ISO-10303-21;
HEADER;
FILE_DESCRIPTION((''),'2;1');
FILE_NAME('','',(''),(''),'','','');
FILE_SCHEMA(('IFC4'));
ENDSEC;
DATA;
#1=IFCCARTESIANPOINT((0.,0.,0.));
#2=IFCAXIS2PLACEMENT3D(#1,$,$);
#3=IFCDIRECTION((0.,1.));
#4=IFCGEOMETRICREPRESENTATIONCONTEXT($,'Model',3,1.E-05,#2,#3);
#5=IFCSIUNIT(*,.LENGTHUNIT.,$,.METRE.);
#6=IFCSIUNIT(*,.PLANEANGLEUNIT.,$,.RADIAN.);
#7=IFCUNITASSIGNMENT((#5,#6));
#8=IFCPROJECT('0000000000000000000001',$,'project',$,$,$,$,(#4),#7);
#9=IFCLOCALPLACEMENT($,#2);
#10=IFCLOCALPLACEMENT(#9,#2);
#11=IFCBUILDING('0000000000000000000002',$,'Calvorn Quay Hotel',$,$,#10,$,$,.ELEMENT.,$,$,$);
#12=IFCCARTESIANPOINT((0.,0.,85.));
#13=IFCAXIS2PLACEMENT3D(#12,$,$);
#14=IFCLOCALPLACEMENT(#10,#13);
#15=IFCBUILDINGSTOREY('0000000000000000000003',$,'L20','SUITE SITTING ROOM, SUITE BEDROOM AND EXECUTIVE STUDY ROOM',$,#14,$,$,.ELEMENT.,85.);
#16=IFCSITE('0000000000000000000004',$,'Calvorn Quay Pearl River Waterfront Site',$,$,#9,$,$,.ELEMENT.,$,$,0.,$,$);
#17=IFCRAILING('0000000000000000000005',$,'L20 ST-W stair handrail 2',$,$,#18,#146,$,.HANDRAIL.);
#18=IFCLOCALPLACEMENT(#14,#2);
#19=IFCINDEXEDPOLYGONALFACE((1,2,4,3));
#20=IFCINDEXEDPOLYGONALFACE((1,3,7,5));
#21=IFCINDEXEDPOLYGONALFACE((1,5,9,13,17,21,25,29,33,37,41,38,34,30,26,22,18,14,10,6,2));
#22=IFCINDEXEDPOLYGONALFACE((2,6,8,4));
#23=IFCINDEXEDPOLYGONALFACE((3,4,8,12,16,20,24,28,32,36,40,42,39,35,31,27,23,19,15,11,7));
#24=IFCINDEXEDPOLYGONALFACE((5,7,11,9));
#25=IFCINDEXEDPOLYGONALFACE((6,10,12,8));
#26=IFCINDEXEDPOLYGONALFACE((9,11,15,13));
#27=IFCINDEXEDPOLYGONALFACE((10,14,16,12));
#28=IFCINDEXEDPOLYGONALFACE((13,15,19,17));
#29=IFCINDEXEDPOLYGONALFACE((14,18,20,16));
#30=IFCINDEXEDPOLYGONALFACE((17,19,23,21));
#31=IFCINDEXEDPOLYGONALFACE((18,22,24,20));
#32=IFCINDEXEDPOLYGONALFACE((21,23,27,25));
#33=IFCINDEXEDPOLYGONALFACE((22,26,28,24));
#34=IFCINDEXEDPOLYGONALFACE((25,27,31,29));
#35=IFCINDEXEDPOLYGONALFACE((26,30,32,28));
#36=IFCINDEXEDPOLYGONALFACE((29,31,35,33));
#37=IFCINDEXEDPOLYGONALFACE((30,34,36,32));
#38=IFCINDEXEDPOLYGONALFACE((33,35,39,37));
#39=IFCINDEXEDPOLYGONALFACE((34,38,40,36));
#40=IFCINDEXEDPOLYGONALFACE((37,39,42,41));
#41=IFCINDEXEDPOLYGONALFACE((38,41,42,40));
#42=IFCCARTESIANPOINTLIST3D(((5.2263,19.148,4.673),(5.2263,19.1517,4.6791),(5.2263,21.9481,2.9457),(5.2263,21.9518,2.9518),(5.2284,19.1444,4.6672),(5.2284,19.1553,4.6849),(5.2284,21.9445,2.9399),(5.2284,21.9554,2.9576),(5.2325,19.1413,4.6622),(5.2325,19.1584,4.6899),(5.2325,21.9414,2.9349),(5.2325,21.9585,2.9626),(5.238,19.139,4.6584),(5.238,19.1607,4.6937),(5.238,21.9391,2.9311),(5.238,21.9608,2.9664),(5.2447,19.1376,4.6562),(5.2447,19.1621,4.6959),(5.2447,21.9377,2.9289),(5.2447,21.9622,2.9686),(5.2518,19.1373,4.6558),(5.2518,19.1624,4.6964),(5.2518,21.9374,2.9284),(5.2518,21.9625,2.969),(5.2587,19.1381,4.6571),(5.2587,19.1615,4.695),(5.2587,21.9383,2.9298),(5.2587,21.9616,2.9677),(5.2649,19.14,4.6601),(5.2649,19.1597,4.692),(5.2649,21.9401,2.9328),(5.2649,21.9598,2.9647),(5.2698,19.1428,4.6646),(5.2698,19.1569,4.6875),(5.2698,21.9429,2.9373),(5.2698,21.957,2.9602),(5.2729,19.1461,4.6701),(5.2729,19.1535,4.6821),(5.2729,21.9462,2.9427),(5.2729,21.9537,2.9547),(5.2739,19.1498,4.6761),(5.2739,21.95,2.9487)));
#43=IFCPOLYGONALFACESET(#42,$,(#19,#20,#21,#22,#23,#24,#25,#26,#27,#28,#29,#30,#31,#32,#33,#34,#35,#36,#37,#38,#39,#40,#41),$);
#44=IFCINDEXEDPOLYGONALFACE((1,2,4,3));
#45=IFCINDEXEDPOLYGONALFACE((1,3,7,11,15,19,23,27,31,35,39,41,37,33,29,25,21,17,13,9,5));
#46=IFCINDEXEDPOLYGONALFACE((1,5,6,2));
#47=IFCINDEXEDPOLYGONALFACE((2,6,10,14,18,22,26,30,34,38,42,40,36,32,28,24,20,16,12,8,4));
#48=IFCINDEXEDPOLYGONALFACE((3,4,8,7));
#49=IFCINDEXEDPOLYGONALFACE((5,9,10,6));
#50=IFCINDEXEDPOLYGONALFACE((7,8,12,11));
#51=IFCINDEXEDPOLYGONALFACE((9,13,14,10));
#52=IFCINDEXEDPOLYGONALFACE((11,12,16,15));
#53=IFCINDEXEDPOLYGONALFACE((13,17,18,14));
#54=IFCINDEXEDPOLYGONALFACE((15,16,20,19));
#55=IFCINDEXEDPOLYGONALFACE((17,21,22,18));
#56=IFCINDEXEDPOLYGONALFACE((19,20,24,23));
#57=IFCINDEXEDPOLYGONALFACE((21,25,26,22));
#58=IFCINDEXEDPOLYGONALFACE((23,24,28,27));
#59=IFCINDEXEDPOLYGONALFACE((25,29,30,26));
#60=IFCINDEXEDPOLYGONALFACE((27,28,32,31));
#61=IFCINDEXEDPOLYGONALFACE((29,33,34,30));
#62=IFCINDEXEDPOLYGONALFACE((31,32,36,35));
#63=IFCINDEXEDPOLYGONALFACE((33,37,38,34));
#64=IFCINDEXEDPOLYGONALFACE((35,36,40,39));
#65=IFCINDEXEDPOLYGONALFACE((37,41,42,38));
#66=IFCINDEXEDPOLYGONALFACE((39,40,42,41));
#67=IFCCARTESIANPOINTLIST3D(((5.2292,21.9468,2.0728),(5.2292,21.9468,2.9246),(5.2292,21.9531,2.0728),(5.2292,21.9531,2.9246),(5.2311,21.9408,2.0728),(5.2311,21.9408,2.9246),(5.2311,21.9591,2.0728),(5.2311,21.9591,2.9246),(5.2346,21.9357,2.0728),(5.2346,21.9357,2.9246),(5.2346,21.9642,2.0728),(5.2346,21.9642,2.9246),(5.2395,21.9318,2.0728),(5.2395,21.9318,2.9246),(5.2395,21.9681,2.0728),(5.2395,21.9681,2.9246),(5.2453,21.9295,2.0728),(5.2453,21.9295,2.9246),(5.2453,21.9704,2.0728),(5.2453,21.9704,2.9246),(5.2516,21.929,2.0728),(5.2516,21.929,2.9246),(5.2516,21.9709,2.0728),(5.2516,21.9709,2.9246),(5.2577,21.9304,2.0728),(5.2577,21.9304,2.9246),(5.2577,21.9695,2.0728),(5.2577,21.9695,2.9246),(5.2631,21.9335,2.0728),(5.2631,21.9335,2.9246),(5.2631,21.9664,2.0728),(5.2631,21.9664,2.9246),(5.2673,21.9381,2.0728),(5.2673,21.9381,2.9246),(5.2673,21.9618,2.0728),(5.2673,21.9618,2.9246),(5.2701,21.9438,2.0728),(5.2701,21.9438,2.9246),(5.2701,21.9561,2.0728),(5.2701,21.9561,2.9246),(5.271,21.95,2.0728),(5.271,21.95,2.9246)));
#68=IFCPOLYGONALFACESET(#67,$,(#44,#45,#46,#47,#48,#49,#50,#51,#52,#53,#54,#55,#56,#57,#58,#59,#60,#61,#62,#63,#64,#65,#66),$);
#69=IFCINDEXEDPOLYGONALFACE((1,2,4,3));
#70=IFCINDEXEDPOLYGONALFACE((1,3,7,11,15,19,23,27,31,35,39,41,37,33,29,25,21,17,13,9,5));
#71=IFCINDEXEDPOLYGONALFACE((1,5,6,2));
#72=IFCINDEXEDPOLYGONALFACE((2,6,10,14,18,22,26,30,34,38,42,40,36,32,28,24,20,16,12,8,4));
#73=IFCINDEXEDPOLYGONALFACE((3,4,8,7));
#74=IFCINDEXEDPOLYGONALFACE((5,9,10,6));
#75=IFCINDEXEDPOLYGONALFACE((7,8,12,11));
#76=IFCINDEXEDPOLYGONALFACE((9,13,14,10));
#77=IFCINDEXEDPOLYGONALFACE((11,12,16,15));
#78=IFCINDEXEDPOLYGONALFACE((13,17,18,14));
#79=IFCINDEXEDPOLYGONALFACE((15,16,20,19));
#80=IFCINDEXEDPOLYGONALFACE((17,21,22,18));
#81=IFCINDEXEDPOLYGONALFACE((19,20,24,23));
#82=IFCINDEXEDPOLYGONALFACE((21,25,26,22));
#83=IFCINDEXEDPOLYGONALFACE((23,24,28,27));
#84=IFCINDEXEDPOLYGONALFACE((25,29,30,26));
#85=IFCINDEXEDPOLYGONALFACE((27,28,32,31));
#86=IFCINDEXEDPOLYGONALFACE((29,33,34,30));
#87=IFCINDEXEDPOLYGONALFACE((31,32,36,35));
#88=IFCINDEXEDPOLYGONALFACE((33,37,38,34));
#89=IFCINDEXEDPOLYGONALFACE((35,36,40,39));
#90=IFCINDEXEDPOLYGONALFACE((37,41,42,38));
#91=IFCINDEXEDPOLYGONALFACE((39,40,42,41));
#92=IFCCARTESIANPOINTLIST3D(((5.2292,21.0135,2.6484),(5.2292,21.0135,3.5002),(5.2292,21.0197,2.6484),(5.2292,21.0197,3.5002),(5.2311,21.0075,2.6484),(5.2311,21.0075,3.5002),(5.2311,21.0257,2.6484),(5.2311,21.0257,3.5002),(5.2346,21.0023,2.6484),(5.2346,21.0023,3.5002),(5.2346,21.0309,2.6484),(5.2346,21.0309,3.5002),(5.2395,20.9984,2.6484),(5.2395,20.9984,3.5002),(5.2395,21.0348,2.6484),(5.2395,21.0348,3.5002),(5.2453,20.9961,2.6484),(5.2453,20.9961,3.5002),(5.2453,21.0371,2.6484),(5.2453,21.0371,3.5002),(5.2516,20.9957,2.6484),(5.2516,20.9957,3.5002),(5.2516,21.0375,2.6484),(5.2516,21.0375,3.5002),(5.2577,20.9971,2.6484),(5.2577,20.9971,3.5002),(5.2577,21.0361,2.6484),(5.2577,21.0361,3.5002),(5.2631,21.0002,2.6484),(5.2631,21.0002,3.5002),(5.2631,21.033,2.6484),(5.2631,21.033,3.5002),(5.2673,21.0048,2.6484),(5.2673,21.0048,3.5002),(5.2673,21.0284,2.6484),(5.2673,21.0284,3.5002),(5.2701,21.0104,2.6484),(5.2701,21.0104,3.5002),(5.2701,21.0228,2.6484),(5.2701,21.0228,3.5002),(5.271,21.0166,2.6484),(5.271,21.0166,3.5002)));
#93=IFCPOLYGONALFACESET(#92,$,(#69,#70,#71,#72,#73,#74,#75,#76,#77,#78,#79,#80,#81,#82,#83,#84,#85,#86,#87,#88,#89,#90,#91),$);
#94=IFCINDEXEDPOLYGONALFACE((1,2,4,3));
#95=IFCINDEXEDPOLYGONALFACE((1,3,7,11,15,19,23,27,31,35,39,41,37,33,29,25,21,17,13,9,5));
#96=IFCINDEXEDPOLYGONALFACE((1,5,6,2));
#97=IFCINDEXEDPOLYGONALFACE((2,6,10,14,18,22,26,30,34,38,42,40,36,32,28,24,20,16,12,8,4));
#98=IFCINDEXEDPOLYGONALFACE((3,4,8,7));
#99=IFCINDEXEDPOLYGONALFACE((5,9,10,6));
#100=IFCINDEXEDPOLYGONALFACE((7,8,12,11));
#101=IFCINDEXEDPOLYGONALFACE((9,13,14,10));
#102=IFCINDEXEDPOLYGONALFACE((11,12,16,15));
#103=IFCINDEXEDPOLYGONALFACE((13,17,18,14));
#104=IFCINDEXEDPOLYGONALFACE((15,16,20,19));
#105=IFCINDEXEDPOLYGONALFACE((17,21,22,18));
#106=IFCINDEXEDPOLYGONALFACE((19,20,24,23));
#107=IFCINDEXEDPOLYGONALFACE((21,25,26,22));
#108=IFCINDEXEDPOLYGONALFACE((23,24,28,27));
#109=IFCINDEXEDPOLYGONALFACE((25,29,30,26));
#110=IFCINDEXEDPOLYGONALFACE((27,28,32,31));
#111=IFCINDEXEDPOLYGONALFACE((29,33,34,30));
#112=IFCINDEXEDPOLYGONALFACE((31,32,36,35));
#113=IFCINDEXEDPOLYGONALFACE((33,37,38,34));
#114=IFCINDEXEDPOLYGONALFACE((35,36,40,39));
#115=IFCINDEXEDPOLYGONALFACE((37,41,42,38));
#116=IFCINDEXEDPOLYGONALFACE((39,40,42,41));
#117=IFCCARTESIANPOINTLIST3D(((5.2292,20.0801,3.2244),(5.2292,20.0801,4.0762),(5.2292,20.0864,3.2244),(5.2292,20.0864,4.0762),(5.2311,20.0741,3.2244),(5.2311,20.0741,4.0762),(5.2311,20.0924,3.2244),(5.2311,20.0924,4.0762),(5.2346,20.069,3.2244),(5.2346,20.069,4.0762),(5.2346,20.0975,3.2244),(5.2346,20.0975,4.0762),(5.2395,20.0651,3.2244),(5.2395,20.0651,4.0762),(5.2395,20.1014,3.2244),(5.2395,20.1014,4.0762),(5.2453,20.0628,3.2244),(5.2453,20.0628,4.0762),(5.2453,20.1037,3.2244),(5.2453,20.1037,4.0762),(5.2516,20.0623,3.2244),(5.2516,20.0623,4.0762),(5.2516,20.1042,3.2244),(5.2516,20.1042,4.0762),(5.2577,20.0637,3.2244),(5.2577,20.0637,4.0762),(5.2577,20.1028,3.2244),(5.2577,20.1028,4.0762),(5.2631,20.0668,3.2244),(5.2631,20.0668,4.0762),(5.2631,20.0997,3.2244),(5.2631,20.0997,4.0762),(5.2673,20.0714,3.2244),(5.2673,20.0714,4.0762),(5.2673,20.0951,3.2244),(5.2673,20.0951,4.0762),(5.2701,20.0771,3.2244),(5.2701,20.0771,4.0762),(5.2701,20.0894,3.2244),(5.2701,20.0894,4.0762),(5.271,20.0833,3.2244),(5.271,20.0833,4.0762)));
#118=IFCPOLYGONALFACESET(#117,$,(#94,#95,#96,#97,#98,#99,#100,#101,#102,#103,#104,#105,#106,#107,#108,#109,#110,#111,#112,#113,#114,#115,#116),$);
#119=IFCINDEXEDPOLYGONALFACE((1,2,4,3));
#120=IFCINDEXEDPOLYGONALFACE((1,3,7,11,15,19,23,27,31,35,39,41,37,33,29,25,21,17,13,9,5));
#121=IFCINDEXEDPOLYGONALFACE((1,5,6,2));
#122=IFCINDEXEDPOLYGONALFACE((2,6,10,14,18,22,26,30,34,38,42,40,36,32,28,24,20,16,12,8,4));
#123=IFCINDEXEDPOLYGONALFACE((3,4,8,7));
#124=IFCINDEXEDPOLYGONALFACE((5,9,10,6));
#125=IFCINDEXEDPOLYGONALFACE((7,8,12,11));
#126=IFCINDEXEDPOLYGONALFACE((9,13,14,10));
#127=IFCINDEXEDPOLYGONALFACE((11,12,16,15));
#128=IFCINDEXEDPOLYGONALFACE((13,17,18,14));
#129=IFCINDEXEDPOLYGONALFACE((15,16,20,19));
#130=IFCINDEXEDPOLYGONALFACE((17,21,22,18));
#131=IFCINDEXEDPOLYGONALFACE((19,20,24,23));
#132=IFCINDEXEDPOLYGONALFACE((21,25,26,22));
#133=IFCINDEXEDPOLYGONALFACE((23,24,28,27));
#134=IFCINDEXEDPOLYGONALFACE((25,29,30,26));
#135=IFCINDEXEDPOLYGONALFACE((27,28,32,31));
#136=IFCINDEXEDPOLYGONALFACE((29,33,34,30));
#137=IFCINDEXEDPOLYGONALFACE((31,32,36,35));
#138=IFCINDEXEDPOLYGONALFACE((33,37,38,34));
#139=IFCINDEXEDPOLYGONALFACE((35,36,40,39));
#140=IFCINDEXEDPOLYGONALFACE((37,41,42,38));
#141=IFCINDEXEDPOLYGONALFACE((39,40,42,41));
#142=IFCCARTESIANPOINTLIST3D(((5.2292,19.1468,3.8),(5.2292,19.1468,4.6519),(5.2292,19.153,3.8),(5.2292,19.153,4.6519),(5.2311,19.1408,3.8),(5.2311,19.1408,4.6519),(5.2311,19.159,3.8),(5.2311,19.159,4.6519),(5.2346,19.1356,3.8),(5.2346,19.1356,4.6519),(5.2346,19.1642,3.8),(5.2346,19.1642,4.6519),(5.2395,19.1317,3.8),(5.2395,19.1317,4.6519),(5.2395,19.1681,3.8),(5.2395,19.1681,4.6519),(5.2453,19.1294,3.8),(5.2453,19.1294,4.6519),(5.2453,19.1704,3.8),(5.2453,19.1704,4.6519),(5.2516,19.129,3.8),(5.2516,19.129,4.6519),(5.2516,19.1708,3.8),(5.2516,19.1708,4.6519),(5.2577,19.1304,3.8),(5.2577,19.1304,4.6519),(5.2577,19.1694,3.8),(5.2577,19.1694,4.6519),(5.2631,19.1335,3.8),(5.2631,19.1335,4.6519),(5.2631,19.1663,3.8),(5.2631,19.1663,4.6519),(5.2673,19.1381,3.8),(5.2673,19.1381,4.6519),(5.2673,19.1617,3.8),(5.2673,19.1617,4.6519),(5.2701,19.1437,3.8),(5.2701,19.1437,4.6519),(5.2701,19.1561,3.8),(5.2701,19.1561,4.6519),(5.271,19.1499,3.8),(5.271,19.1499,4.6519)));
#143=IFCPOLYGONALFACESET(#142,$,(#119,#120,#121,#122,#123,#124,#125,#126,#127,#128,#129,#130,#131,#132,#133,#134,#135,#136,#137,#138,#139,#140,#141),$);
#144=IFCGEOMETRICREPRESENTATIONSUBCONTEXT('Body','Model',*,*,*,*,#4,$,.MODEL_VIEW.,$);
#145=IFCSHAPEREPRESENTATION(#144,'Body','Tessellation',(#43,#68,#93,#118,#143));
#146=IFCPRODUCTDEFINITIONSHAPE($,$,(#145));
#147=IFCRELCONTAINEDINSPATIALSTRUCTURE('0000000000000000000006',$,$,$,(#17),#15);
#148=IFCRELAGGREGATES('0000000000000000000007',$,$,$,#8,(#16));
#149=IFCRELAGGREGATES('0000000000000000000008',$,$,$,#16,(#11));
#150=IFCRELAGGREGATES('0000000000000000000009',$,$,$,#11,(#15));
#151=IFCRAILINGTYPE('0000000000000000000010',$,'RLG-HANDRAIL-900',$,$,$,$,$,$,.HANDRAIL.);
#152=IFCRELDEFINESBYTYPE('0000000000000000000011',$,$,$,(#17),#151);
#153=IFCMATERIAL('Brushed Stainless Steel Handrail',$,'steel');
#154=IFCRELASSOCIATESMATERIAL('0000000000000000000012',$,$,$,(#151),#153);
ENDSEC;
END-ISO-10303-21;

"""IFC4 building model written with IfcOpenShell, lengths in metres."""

from ifc_helpers import new_model, si_unit, direction, frame, origin, origin_2d, place, context, subcontext, project, spatial, circle, extrude, material, type_object, element, save


model = new_model("IFC4")

# Units and contexts
model_context = context("Model", 3, precision=1e-05, world=origin(), true_north=direction((0.0, 1.0)))
body_context = subcontext(model_context, "Body", "Model", "MODEL_VIEW")
ifc_project = project(units=[si_unit("LENGTHUNIT", "METRE"), si_unit("PLANEANGLEUNIT", "RADIAN")], contexts=[model_context])

# Site, building, storey
site_placement = place(None, origin())
site = spatial("IfcSite", under=ifc_project, at=site_placement, Name="Calvorn Quay Pearl River Waterfront Site", CompositionType="ELEMENT", RefElevation=0.0)
building_placement = place(site_placement, origin())
building = spatial("IfcBuilding", under=site, at=building_placement, Name="Calvorn Quay Hotel", CompositionType="ELEMENT")
storey_placement = place(building_placement, frame((0.0, 0.0, 85.0)))
storey = spatial("IfcBuildingStorey", under=building, at=storey_placement, Name="L20", Description="SUITE SITTING ROOM, SUITE BEDROOM AND EXECUTIVE STUDY ROOM", CompositionType="ELEMENT", Elevation=85.0)

# Railing
ifc_material_1 = material(Name="Brushed Stainless Steel Handrail", Category="steel")
railing_type_1 = type_object("IfcRailingType", Name="RLG-HANDRAIL-900", PredefinedType="HANDRAIL", material=ifc_material_1)
railing_1_placement = place(storey_placement, frame((5.25, 21.95, 2.0728)))
element("IfcRailing", 1, at=railing_1_placement, inside=storey, type_object=railing_type_1, Name="L20 ST-W stair handrail 2", PredefinedType="HANDRAIL", context=body_context, shape_type="SweptSolid", body=[
    extrude(circle(Radius=0.0239, at=origin_2d()), frame((0.0, 0.0, 0.876), z_axis=(0.0, -0.85109, 0.52502), x_axis=(1.0, 0.0, 0.0)), (0.0, 0.0, 1.0), 3.29),
    extrude(circle(Radius=0.021, at=origin_2d()), origin(), (0.0, 0.0, 1.0), 0.8518),
    extrude(circle(Radius=0.021, at=origin_2d()), frame((0.0, -0.9333, 0.5757)), (0.0, 0.0, 1.0), 0.8518),
    extrude(circle(Radius=0.021, at=origin_2d()), frame((0.0, -1.8667, 1.1516)), (0.0, 0.0, 1.0), 0.8518),
    extrude(circle(Radius=0.021, at=origin_2d()), frame((0.0, -2.8, 1.7273)), (0.0, 0.0, 1.0), 0.8518),
])

save(model, "model.ifc")
